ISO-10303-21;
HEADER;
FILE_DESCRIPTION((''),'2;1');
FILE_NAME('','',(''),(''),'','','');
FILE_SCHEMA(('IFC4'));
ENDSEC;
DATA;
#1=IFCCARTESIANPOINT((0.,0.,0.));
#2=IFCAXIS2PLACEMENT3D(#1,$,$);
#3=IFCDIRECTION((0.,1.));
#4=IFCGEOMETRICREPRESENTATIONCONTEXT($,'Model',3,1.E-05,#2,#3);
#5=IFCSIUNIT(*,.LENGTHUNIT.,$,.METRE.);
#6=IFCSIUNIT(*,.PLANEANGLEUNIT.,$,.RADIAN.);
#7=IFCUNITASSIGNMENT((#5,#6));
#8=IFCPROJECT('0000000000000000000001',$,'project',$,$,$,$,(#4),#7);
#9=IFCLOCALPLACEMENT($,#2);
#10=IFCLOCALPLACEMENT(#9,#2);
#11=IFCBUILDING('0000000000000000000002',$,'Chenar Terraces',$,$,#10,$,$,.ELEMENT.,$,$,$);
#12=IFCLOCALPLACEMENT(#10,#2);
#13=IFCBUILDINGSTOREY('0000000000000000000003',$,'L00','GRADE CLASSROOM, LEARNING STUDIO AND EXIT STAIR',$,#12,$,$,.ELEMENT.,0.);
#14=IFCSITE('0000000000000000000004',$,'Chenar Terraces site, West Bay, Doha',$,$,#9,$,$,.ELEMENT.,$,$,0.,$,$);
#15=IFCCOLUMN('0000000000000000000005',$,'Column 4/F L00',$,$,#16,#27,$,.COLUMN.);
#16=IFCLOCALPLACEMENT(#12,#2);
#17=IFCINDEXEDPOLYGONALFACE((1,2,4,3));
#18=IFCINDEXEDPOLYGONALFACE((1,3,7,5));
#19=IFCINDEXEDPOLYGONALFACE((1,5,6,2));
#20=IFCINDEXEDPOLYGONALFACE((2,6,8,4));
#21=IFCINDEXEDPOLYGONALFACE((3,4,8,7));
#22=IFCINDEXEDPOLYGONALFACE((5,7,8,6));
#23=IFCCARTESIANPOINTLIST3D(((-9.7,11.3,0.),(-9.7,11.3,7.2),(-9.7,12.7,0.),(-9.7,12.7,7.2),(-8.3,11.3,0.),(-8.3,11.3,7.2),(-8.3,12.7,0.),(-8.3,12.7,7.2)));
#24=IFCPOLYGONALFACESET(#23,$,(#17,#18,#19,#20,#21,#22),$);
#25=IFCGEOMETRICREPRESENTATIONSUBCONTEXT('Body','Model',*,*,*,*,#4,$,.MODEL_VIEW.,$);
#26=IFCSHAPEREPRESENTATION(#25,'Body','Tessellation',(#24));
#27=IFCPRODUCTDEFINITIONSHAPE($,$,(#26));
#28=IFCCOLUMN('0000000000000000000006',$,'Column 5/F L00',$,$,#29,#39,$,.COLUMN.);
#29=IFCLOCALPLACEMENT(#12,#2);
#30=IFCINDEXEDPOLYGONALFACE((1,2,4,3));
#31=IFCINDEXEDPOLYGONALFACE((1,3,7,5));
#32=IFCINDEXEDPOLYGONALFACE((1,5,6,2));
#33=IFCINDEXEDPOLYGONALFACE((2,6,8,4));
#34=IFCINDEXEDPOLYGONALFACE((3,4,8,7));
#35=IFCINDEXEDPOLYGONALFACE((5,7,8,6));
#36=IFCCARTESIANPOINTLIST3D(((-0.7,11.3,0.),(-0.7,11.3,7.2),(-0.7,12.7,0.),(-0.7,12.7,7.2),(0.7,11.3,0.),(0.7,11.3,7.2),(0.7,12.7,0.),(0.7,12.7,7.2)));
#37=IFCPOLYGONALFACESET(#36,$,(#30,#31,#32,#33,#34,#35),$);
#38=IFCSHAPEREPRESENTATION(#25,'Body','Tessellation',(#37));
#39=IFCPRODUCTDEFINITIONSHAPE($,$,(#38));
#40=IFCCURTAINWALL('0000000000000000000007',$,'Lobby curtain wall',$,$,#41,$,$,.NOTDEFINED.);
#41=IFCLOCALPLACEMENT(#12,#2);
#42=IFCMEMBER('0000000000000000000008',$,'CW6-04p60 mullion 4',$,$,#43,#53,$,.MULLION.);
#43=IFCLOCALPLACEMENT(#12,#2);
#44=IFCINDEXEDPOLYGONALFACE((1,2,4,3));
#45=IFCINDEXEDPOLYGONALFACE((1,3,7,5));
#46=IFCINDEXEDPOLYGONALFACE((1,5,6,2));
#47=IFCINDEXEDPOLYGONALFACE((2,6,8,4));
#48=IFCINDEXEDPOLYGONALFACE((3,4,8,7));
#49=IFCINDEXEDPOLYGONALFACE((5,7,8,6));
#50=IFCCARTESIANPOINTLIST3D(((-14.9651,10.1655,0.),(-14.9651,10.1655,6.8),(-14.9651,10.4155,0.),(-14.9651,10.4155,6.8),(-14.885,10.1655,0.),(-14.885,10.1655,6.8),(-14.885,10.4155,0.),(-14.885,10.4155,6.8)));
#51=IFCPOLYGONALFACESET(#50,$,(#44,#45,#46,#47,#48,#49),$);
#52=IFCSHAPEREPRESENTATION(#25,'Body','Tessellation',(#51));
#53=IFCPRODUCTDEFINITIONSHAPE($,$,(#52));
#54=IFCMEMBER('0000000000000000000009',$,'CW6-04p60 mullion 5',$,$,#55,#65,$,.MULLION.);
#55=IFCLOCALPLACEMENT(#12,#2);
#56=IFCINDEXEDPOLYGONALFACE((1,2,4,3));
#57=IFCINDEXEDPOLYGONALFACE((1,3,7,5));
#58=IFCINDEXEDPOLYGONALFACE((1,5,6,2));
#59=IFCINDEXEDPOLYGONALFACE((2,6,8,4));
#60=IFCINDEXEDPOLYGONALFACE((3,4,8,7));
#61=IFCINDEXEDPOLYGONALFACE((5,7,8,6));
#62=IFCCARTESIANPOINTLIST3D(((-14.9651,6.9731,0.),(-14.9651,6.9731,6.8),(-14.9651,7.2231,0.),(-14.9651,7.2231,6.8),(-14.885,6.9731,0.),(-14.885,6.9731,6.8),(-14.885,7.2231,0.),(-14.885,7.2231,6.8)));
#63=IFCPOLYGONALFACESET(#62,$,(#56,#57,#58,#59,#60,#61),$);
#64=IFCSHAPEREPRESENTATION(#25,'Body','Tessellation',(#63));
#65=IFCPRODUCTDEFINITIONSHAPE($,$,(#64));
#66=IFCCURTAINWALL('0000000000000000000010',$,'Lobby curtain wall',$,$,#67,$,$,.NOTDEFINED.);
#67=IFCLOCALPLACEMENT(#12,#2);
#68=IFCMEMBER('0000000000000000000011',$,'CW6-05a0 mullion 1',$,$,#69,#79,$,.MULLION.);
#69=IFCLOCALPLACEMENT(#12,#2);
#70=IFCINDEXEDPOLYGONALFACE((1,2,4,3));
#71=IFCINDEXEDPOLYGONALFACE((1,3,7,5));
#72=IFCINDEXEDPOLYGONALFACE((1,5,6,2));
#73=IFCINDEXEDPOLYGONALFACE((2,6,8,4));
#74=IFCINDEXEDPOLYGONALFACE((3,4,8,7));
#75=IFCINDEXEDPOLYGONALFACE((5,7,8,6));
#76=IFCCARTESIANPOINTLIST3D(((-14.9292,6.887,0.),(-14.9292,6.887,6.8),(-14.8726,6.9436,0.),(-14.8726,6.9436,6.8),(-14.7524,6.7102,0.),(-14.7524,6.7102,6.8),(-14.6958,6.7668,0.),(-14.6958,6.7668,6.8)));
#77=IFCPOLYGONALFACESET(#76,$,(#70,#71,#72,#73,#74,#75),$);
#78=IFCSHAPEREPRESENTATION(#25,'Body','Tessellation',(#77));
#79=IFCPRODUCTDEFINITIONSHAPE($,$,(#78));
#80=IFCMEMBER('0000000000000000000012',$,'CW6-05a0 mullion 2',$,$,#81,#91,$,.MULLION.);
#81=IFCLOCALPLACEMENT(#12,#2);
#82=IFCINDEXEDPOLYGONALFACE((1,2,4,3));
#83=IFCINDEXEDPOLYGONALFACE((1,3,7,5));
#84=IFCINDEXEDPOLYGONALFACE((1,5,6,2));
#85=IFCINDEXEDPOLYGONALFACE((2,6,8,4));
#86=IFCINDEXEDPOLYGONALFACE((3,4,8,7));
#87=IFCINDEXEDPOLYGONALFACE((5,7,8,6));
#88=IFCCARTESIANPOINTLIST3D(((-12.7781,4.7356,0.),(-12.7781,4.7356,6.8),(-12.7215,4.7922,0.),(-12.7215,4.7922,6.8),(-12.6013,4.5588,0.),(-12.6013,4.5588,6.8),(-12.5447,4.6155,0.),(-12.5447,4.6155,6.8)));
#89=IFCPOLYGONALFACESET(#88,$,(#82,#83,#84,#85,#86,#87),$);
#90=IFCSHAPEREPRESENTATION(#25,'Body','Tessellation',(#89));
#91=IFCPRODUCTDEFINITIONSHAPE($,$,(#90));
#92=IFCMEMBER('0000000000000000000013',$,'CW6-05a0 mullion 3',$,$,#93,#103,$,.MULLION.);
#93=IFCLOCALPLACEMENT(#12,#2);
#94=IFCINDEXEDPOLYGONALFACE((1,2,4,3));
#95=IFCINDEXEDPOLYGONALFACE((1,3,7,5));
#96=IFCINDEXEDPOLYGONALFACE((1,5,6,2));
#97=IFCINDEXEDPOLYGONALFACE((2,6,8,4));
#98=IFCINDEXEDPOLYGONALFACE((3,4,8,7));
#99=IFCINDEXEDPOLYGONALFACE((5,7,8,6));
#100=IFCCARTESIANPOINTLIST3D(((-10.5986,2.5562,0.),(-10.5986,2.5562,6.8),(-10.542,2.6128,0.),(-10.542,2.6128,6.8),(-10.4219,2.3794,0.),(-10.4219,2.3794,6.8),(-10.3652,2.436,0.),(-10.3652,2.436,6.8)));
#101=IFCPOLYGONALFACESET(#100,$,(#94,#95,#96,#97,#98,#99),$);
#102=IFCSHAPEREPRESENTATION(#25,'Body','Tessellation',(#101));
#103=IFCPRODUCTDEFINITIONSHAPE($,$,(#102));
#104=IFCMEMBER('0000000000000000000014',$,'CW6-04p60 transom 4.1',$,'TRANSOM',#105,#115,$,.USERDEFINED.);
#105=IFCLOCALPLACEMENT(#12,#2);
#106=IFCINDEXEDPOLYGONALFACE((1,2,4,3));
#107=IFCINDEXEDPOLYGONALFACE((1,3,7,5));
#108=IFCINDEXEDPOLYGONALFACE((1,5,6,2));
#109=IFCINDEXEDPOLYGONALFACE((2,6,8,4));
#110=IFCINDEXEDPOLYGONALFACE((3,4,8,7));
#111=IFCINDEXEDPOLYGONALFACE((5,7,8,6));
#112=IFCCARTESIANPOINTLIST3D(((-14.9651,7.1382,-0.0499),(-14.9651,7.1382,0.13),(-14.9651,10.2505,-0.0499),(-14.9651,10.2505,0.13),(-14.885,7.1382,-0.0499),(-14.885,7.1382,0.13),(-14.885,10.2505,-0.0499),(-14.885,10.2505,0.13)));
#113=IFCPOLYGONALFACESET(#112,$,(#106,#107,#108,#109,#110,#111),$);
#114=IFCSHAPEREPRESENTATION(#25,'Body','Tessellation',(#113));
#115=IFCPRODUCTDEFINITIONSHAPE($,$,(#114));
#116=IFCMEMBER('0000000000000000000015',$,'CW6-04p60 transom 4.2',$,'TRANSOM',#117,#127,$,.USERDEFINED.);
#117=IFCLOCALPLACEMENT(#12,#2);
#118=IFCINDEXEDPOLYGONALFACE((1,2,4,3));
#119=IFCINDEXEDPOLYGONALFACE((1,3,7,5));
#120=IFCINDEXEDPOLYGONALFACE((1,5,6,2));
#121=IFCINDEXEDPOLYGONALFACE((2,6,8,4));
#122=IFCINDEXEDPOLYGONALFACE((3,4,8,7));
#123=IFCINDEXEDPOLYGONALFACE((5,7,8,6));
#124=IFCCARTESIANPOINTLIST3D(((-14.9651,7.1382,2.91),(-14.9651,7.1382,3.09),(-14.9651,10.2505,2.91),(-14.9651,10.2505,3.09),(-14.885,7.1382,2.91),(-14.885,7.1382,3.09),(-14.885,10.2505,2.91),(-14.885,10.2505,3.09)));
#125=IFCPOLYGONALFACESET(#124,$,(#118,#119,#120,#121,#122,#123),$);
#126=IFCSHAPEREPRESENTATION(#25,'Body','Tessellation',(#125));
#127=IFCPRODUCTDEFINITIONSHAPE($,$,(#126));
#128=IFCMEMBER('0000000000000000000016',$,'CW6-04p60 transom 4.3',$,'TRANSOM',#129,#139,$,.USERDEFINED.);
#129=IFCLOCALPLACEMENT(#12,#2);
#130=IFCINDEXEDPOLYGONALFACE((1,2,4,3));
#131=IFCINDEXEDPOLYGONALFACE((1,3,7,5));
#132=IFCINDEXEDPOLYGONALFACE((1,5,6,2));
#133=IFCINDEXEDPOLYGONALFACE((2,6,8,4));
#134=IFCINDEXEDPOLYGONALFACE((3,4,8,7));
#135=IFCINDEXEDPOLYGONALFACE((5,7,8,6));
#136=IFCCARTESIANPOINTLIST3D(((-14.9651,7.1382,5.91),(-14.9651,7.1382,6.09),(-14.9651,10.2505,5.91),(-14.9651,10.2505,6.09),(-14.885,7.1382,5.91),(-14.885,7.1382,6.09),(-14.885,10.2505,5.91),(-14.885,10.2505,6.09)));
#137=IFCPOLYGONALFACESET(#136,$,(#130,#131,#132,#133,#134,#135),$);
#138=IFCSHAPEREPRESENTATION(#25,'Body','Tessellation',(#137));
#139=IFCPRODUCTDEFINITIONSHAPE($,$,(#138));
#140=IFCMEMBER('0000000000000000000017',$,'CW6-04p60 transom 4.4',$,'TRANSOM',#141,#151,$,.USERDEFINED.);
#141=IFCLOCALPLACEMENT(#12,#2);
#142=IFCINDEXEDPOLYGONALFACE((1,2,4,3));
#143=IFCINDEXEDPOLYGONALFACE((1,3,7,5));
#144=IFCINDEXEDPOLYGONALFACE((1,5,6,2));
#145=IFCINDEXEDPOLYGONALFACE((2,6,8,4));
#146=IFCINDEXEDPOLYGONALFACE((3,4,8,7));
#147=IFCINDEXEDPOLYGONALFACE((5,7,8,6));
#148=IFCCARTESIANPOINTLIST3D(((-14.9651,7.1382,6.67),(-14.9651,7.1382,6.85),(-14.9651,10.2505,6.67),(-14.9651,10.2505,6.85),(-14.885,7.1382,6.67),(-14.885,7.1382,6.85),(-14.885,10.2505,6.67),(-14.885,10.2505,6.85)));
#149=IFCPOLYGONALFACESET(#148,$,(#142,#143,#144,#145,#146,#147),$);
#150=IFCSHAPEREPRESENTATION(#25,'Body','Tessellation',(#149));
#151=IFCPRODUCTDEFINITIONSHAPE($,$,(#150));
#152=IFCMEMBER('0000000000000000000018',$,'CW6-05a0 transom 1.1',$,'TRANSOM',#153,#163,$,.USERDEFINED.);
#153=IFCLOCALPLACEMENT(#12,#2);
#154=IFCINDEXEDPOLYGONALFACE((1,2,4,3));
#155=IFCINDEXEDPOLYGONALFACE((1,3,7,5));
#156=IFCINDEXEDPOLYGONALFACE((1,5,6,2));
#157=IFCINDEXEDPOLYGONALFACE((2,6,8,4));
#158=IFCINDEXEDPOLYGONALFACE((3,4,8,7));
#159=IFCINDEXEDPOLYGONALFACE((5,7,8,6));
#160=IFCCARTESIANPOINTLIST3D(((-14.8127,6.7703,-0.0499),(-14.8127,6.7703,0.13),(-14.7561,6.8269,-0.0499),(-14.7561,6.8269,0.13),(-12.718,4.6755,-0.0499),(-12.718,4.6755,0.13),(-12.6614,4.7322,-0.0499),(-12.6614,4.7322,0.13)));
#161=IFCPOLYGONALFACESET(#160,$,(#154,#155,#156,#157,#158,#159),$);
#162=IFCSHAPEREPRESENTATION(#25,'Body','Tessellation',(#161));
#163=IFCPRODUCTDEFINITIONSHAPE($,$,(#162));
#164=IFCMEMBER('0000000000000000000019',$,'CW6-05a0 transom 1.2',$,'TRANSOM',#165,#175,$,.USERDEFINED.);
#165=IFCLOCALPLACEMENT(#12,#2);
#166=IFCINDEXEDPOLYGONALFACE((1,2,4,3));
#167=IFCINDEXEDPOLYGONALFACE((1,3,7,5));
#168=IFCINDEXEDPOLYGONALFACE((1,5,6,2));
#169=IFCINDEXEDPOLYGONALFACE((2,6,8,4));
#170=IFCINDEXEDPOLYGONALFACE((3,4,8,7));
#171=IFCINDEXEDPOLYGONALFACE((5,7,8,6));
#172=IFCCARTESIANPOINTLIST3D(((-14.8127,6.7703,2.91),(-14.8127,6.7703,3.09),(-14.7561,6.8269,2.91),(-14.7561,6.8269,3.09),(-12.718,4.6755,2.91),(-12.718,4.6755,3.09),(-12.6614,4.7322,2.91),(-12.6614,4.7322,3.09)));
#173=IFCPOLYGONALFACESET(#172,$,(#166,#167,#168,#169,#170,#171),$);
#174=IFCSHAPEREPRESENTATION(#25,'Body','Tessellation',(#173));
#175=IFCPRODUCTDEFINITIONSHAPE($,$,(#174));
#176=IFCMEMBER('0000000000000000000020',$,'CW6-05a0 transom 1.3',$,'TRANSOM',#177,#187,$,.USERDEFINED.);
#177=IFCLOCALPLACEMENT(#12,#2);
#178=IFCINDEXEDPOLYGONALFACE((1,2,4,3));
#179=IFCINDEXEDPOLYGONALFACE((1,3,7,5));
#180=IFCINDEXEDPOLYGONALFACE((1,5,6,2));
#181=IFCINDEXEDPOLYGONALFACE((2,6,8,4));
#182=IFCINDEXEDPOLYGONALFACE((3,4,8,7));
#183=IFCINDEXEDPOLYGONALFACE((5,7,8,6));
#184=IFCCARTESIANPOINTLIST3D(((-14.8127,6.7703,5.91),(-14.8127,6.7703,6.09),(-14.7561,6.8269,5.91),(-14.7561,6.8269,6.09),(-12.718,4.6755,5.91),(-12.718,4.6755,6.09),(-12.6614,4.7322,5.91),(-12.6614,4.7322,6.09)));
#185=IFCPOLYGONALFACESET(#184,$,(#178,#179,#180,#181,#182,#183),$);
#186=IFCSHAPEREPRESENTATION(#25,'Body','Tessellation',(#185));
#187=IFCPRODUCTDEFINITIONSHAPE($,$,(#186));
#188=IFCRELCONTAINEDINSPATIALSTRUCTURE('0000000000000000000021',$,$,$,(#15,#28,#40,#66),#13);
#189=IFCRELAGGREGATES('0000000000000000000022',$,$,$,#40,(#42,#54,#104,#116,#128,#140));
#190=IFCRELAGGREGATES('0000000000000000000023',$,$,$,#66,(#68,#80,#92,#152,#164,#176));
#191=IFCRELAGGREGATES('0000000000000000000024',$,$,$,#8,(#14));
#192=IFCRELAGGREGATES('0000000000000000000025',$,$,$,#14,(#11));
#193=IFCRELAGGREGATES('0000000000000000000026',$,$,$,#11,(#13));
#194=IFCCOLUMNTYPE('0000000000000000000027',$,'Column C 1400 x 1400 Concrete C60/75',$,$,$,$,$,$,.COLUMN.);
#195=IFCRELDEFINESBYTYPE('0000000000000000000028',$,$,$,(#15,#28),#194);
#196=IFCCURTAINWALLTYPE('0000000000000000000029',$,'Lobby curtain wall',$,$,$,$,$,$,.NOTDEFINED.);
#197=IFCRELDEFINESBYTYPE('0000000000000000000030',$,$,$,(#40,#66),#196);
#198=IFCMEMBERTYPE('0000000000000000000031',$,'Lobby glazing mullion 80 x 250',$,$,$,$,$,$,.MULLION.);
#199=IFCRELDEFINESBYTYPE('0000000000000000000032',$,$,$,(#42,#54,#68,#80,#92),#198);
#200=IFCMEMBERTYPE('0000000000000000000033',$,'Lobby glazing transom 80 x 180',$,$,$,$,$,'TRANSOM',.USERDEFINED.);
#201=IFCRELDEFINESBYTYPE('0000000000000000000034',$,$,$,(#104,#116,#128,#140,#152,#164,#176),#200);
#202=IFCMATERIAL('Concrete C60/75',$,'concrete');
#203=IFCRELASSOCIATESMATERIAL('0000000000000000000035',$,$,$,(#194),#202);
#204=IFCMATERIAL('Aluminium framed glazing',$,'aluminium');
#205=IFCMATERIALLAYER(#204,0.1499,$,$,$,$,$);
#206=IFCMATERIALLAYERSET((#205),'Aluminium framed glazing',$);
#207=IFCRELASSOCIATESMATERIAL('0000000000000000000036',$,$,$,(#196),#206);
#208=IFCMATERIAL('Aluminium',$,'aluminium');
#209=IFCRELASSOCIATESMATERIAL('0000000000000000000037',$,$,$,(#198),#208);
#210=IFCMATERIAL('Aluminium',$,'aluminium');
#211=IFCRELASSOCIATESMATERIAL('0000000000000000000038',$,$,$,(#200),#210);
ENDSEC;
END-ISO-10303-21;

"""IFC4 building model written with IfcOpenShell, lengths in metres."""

from ifc_helpers import new_model, si_unit, direction, frame, origin, origin_2d, place, context, subcontext, project, spatial, rectangle, extrude, material, layer, layer_set, material_profile, profile_set, type_object, element, aggregate, save


model = new_model("IFC4")

# Units and contexts
model_context = context("Model", 3, precision=1e-05, world=origin(), true_north=direction((0.0, 1.0)))
body_context = subcontext(model_context, "Body", "Model", "MODEL_VIEW")
ifc_project = project(units=[si_unit("LENGTHUNIT", "METRE"), si_unit("PLANEANGLEUNIT", "RADIAN")], contexts=[model_context])

# Site, building, storey
site_placement = place(None, origin())
site = spatial("IfcSite", under=ifc_project, at=site_placement, Name="Chenar Terraces site, West Bay, Doha", CompositionType="ELEMENT", RefElevation=0.0)
building_placement = place(site_placement, origin())
building = spatial("IfcBuilding", under=site, at=building_placement, Name="Chenar Terraces", CompositionType="ELEMENT")
storey_placement = place(building_placement, origin())
storey = spatial("IfcBuildingStorey", under=building, at=storey_placement, Name="L00", Description="GRADE CLASSROOM, LEARNING STUDIO AND EXIT STAIR", CompositionType="ELEMENT", Elevation=0.0)

# Columns
ifc_material_1 = material(Name="Concrete C60/75", Category="concrete")
ifc_material_profile_1 = material_profile(ifc_material_1, rectangle(XDim=1.3999, YDim=1.3999, at=origin_2d()), Name="C 1400 x 1400")
ifc_profile_set_1 = profile_set([ifc_material_profile_1], Name="Concrete C60/75")
column_type = type_object("IfcColumnType", Name="Column C 1400 x 1400 Concrete C60/75", PredefinedType="COLUMN", material=ifc_profile_set_1)
for number, where, z_axis, x_axis, name in (
    (1, (-9.0, 12.0, 0.0), (0.0, 0.0, 1.0), (1.0, 0.0, 0.0), "Column 4/F L00"),
    (2, (0.0, 12.0, 0.0), (0.0, 0.0, 1.0), (1.0, 0.0, 0.0), "Column 5/F L00"),
):
    element("IfcColumn", number, at=place(storey_placement, frame(where, z_axis=z_axis, x_axis=x_axis)), inside=storey, type_object=column_type, Name=name, PredefinedType="COLUMN", context=body_context, shape_type="SweptSolid", body=[
        extrude(rectangle(XDim=1.3999, YDim=1.3999, at=origin_2d()), origin(), (0.0, 0.0, 1.0), 7.2),
    ])

# Curtain walls, members
ifc_material_2 = material(Name="Aluminium framed glazing", Category="aluminium")
ifc_layer_1 = layer(ifc_material_2, 0.1499)
ifc_layer_set_1 = layer_set([ifc_layer_1], Name="Aluminium framed glazing")
curtain_wall_type = type_object("IfcCurtainWallType", Name="Lobby curtain wall", PredefinedType="NOTDEFINED", material=ifc_layer_set_1)
placement = place(storey_placement, origin())
curtain_wall_1 = element("IfcCurtainWall", 3, at=placement, inside=storey, type_object=curtain_wall_type, Name="Lobby curtain wall", PredefinedType="NOTDEFINED")
ifc_material_3 = material(Name="Aluminium", Category="aluminium")
ifc_material_profile_2 = material_profile(ifc_material_3, rectangle(XDim=0.0801, YDim=0.25, at=origin_2d()), Name="Lobby glazing mullion 80 x 250")
ifc_profile_set_2 = profile_set([ifc_material_profile_2], Name="Aluminium")
member_type_1 = type_object("IfcMemberType", Name="Lobby glazing mullion 80 x 250", PredefinedType="MULLION", material=ifc_profile_set_2)
member_1_placement = place(storey_placement, frame((-14.925, 10.2905, 0.0), z_axis=(0.0, 0.0, 1.0), x_axis=(1.0, 0.0, 0.0)))
member_1 = element("IfcMember", 4, at=member_1_placement, type_object=member_type_1, Name="CW6-04p60 mullion 4", PredefinedType="MULLION", context=body_context, shape_type="SweptSolid", body=[
    extrude(rectangle(XDim=0.0801, YDim=0.25, at=origin_2d()), origin(), (0.0, 0.0, 1.0), 6.8),
])
member_2_placement = place(storey_placement, frame((-14.925, 7.0981, 0.0), z_axis=(0.0, 0.0, 1.0), x_axis=(1.0, 0.0, 0.0)))
member_2 = element("IfcMember", 5, at=member_2_placement, type_object=member_type_1, Name="CW6-04p60 mullion 5", PredefinedType="MULLION", context=body_context, shape_type="SweptSolid", body=[
    extrude(rectangle(XDim=0.0801, YDim=0.25, at=origin_2d()), origin(), (0.0, 0.0, 1.0), 6.8),
])
curtain_wall_2 = element("IfcCurtainWall", 6, at=placement, inside=storey, type_object=curtain_wall_type, Name="Lobby curtain wall", PredefinedType="NOTDEFINED")
member_3_placement = place(storey_placement, frame((-14.8125, 6.8269, 0.0), z_axis=(0.0, 0.0, 1.0), x_axis=(0.707107, 0.707107, 0.0)))
member_3 = element("IfcMember", 7, at=member_3_placement, type_object=member_type_1, Name="CW6-05a0 mullion 1", PredefinedType="MULLION", context=body_context, shape_type="SweptSolid", body=[
    extrude(rectangle(XDim=0.0801, YDim=0.25, at=origin_2d()), origin(), (0.0, 0.0, 1.0), 6.8),
])
member_4_placement = place(storey_placement, frame((-12.6614, 4.6755, 0.0), z_axis=(0.0, 0.0, 1.0), x_axis=(0.707107, 0.707107, 0.0)))
member_4 = element("IfcMember", 8, at=member_4_placement, type_object=member_type_1, Name="CW6-05a0 mullion 2", PredefinedType="MULLION", context=body_context, shape_type="SweptSolid", body=[
    extrude(rectangle(XDim=0.0801, YDim=0.25, at=origin_2d()), origin(), (0.0, 0.0, 1.0), 6.8),
])
member_5_placement = place(storey_placement, frame((-10.4819, 2.4961, 0.0), z_axis=(0.0, 0.0, 1.0), x_axis=(0.707107, 0.707107, 0.0)))
member_5 = element("IfcMember", 9, at=member_5_placement, type_object=member_type_1, Name="CW6-05a0 mullion 3", PredefinedType="MULLION", context=body_context, shape_type="SweptSolid", body=[
    extrude(rectangle(XDim=0.0801, YDim=0.25, at=origin_2d()), origin(), (0.0, 0.0, 1.0), 6.8),
])

# Members
ifc_material_4 = material(Name="Aluminium", Category="aluminium")
ifc_material_profile_3 = material_profile(ifc_material_4, rectangle(XDim=0.0801, YDim=0.1799, at=origin_2d()), Name="Lobby glazing transom 80 x 180")
ifc_profile_set_3 = profile_set([ifc_material_profile_3], Name="Aluminium")
member_type_2 = type_object("IfcMemberType", Name="Lobby glazing transom 80 x 180", ElementType="TRANSOM", PredefinedType="USERDEFINED", material=ifc_profile_set_3)
member_6_placement = place(storey_placement, frame((-14.925, 10.2505, 0.04), z_axis=(0.0, -1.0, 0.0), x_axis=(1.0, 0.0, 0.0)))
member_6 = element("IfcMember", 10, at=member_6_placement, type_object=member_type_2, Name="CW6-04p60 transom 4.1", ObjectType="TRANSOM", PredefinedType="USERDEFINED", context=body_context, shape_type="SweptSolid", body=[
    extrude(rectangle(XDim=0.0801, YDim=0.1799, at=origin_2d()), origin(), (0.0, 0.0, 1.0), 3.1123),
])
member_7_placement = place(storey_placement, frame((-14.925, 10.2505, 3.0), z_axis=(0.0, -1.0, 0.0), x_axis=(1.0, 0.0, 0.0)))
member_7 = element("IfcMember", 11, at=member_7_placement, type_object=member_type_2, Name="CW6-04p60 transom 4.2", ObjectType="TRANSOM", PredefinedType="USERDEFINED", context=body_context, shape_type="SweptSolid", body=[
    extrude(rectangle(XDim=0.0801, YDim=0.1799, at=origin_2d()), origin(), (0.0, 0.0, 1.0), 3.1123),
])
member_8_placement = place(storey_placement, frame((-14.925, 10.2505, 6.0), z_axis=(0.0, -1.0, 0.0), x_axis=(1.0, 0.0, 0.0)))
member_8 = element("IfcMember", 12, at=member_8_placement, type_object=member_type_2, Name="CW6-04p60 transom 4.3", ObjectType="TRANSOM", PredefinedType="USERDEFINED", context=body_context, shape_type="SweptSolid", body=[
    extrude(rectangle(XDim=0.0801, YDim=0.1799, at=origin_2d()), origin(), (0.0, 0.0, 1.0), 3.1123),
])
member_9_placement = place(storey_placement, frame((-14.925, 10.2505, 6.76), z_axis=(0.0, -1.0, 0.0), x_axis=(1.0, 0.0, 0.0)))
member_9 = element("IfcMember", 13, at=member_9_placement, type_object=member_type_2, Name="CW6-04p60 transom 4.4", ObjectType="TRANSOM", PredefinedType="USERDEFINED", context=body_context, shape_type="SweptSolid", body=[
    extrude(rectangle(XDim=0.0801, YDim=0.1799, at=origin_2d()), origin(), (0.0, 0.0, 1.0), 3.1123),
])
member_10_placement = place(storey_placement, frame((-14.7844, 6.7986, 0.04), z_axis=(0.707107, -0.707107, 0.0), x_axis=(0.707107, 0.707107, 0.0)))
member_10 = element("IfcMember", 14, at=member_10_placement, type_object=member_type_2, Name="CW6-05a0 transom 1.1", ObjectType="TRANSOM", PredefinedType="USERDEFINED", context=body_context, shape_type="SweptSolid", body=[
    extrude(rectangle(XDim=0.0801, YDim=0.1799, at=origin_2d()), origin(), (0.0, 0.0, 1.0), 2.9624),
])
member_11_placement = place(storey_placement, frame((-14.7844, 6.7986, 3.0), z_axis=(0.707107, -0.707107, 0.0), x_axis=(0.707107, 0.707107, 0.0)))
member_11 = element("IfcMember", 15, at=member_11_placement, type_object=member_type_2, Name="CW6-05a0 transom 1.2", ObjectType="TRANSOM", PredefinedType="USERDEFINED", context=body_context, shape_type="SweptSolid", body=[
    extrude(rectangle(XDim=0.0801, YDim=0.1799, at=origin_2d()), origin(), (0.0, 0.0, 1.0), 2.9624),
])
member_12_placement = place(storey_placement, frame((-14.7844, 6.7986, 6.0), z_axis=(0.707107, -0.707107, 0.0), x_axis=(0.707107, 0.707107, 0.0)))
member_12 = element("IfcMember", 16, at=member_12_placement, type_object=member_type_2, Name="CW6-05a0 transom 1.3", ObjectType="TRANSOM", PredefinedType="USERDEFINED", context=body_context, shape_type="SweptSolid", body=[
    extrude(rectangle(XDim=0.0801, YDim=0.1799, at=origin_2d()), origin(), (0.0, 0.0, 1.0), 2.9624),
])

aggregate(curtain_wall_1, [member_1, member_2, member_6, member_7, member_8, member_9])
aggregate(curtain_wall_2, [member_3, member_4, member_5, member_10, member_11, member_12])

save(model, "model.ifc")
